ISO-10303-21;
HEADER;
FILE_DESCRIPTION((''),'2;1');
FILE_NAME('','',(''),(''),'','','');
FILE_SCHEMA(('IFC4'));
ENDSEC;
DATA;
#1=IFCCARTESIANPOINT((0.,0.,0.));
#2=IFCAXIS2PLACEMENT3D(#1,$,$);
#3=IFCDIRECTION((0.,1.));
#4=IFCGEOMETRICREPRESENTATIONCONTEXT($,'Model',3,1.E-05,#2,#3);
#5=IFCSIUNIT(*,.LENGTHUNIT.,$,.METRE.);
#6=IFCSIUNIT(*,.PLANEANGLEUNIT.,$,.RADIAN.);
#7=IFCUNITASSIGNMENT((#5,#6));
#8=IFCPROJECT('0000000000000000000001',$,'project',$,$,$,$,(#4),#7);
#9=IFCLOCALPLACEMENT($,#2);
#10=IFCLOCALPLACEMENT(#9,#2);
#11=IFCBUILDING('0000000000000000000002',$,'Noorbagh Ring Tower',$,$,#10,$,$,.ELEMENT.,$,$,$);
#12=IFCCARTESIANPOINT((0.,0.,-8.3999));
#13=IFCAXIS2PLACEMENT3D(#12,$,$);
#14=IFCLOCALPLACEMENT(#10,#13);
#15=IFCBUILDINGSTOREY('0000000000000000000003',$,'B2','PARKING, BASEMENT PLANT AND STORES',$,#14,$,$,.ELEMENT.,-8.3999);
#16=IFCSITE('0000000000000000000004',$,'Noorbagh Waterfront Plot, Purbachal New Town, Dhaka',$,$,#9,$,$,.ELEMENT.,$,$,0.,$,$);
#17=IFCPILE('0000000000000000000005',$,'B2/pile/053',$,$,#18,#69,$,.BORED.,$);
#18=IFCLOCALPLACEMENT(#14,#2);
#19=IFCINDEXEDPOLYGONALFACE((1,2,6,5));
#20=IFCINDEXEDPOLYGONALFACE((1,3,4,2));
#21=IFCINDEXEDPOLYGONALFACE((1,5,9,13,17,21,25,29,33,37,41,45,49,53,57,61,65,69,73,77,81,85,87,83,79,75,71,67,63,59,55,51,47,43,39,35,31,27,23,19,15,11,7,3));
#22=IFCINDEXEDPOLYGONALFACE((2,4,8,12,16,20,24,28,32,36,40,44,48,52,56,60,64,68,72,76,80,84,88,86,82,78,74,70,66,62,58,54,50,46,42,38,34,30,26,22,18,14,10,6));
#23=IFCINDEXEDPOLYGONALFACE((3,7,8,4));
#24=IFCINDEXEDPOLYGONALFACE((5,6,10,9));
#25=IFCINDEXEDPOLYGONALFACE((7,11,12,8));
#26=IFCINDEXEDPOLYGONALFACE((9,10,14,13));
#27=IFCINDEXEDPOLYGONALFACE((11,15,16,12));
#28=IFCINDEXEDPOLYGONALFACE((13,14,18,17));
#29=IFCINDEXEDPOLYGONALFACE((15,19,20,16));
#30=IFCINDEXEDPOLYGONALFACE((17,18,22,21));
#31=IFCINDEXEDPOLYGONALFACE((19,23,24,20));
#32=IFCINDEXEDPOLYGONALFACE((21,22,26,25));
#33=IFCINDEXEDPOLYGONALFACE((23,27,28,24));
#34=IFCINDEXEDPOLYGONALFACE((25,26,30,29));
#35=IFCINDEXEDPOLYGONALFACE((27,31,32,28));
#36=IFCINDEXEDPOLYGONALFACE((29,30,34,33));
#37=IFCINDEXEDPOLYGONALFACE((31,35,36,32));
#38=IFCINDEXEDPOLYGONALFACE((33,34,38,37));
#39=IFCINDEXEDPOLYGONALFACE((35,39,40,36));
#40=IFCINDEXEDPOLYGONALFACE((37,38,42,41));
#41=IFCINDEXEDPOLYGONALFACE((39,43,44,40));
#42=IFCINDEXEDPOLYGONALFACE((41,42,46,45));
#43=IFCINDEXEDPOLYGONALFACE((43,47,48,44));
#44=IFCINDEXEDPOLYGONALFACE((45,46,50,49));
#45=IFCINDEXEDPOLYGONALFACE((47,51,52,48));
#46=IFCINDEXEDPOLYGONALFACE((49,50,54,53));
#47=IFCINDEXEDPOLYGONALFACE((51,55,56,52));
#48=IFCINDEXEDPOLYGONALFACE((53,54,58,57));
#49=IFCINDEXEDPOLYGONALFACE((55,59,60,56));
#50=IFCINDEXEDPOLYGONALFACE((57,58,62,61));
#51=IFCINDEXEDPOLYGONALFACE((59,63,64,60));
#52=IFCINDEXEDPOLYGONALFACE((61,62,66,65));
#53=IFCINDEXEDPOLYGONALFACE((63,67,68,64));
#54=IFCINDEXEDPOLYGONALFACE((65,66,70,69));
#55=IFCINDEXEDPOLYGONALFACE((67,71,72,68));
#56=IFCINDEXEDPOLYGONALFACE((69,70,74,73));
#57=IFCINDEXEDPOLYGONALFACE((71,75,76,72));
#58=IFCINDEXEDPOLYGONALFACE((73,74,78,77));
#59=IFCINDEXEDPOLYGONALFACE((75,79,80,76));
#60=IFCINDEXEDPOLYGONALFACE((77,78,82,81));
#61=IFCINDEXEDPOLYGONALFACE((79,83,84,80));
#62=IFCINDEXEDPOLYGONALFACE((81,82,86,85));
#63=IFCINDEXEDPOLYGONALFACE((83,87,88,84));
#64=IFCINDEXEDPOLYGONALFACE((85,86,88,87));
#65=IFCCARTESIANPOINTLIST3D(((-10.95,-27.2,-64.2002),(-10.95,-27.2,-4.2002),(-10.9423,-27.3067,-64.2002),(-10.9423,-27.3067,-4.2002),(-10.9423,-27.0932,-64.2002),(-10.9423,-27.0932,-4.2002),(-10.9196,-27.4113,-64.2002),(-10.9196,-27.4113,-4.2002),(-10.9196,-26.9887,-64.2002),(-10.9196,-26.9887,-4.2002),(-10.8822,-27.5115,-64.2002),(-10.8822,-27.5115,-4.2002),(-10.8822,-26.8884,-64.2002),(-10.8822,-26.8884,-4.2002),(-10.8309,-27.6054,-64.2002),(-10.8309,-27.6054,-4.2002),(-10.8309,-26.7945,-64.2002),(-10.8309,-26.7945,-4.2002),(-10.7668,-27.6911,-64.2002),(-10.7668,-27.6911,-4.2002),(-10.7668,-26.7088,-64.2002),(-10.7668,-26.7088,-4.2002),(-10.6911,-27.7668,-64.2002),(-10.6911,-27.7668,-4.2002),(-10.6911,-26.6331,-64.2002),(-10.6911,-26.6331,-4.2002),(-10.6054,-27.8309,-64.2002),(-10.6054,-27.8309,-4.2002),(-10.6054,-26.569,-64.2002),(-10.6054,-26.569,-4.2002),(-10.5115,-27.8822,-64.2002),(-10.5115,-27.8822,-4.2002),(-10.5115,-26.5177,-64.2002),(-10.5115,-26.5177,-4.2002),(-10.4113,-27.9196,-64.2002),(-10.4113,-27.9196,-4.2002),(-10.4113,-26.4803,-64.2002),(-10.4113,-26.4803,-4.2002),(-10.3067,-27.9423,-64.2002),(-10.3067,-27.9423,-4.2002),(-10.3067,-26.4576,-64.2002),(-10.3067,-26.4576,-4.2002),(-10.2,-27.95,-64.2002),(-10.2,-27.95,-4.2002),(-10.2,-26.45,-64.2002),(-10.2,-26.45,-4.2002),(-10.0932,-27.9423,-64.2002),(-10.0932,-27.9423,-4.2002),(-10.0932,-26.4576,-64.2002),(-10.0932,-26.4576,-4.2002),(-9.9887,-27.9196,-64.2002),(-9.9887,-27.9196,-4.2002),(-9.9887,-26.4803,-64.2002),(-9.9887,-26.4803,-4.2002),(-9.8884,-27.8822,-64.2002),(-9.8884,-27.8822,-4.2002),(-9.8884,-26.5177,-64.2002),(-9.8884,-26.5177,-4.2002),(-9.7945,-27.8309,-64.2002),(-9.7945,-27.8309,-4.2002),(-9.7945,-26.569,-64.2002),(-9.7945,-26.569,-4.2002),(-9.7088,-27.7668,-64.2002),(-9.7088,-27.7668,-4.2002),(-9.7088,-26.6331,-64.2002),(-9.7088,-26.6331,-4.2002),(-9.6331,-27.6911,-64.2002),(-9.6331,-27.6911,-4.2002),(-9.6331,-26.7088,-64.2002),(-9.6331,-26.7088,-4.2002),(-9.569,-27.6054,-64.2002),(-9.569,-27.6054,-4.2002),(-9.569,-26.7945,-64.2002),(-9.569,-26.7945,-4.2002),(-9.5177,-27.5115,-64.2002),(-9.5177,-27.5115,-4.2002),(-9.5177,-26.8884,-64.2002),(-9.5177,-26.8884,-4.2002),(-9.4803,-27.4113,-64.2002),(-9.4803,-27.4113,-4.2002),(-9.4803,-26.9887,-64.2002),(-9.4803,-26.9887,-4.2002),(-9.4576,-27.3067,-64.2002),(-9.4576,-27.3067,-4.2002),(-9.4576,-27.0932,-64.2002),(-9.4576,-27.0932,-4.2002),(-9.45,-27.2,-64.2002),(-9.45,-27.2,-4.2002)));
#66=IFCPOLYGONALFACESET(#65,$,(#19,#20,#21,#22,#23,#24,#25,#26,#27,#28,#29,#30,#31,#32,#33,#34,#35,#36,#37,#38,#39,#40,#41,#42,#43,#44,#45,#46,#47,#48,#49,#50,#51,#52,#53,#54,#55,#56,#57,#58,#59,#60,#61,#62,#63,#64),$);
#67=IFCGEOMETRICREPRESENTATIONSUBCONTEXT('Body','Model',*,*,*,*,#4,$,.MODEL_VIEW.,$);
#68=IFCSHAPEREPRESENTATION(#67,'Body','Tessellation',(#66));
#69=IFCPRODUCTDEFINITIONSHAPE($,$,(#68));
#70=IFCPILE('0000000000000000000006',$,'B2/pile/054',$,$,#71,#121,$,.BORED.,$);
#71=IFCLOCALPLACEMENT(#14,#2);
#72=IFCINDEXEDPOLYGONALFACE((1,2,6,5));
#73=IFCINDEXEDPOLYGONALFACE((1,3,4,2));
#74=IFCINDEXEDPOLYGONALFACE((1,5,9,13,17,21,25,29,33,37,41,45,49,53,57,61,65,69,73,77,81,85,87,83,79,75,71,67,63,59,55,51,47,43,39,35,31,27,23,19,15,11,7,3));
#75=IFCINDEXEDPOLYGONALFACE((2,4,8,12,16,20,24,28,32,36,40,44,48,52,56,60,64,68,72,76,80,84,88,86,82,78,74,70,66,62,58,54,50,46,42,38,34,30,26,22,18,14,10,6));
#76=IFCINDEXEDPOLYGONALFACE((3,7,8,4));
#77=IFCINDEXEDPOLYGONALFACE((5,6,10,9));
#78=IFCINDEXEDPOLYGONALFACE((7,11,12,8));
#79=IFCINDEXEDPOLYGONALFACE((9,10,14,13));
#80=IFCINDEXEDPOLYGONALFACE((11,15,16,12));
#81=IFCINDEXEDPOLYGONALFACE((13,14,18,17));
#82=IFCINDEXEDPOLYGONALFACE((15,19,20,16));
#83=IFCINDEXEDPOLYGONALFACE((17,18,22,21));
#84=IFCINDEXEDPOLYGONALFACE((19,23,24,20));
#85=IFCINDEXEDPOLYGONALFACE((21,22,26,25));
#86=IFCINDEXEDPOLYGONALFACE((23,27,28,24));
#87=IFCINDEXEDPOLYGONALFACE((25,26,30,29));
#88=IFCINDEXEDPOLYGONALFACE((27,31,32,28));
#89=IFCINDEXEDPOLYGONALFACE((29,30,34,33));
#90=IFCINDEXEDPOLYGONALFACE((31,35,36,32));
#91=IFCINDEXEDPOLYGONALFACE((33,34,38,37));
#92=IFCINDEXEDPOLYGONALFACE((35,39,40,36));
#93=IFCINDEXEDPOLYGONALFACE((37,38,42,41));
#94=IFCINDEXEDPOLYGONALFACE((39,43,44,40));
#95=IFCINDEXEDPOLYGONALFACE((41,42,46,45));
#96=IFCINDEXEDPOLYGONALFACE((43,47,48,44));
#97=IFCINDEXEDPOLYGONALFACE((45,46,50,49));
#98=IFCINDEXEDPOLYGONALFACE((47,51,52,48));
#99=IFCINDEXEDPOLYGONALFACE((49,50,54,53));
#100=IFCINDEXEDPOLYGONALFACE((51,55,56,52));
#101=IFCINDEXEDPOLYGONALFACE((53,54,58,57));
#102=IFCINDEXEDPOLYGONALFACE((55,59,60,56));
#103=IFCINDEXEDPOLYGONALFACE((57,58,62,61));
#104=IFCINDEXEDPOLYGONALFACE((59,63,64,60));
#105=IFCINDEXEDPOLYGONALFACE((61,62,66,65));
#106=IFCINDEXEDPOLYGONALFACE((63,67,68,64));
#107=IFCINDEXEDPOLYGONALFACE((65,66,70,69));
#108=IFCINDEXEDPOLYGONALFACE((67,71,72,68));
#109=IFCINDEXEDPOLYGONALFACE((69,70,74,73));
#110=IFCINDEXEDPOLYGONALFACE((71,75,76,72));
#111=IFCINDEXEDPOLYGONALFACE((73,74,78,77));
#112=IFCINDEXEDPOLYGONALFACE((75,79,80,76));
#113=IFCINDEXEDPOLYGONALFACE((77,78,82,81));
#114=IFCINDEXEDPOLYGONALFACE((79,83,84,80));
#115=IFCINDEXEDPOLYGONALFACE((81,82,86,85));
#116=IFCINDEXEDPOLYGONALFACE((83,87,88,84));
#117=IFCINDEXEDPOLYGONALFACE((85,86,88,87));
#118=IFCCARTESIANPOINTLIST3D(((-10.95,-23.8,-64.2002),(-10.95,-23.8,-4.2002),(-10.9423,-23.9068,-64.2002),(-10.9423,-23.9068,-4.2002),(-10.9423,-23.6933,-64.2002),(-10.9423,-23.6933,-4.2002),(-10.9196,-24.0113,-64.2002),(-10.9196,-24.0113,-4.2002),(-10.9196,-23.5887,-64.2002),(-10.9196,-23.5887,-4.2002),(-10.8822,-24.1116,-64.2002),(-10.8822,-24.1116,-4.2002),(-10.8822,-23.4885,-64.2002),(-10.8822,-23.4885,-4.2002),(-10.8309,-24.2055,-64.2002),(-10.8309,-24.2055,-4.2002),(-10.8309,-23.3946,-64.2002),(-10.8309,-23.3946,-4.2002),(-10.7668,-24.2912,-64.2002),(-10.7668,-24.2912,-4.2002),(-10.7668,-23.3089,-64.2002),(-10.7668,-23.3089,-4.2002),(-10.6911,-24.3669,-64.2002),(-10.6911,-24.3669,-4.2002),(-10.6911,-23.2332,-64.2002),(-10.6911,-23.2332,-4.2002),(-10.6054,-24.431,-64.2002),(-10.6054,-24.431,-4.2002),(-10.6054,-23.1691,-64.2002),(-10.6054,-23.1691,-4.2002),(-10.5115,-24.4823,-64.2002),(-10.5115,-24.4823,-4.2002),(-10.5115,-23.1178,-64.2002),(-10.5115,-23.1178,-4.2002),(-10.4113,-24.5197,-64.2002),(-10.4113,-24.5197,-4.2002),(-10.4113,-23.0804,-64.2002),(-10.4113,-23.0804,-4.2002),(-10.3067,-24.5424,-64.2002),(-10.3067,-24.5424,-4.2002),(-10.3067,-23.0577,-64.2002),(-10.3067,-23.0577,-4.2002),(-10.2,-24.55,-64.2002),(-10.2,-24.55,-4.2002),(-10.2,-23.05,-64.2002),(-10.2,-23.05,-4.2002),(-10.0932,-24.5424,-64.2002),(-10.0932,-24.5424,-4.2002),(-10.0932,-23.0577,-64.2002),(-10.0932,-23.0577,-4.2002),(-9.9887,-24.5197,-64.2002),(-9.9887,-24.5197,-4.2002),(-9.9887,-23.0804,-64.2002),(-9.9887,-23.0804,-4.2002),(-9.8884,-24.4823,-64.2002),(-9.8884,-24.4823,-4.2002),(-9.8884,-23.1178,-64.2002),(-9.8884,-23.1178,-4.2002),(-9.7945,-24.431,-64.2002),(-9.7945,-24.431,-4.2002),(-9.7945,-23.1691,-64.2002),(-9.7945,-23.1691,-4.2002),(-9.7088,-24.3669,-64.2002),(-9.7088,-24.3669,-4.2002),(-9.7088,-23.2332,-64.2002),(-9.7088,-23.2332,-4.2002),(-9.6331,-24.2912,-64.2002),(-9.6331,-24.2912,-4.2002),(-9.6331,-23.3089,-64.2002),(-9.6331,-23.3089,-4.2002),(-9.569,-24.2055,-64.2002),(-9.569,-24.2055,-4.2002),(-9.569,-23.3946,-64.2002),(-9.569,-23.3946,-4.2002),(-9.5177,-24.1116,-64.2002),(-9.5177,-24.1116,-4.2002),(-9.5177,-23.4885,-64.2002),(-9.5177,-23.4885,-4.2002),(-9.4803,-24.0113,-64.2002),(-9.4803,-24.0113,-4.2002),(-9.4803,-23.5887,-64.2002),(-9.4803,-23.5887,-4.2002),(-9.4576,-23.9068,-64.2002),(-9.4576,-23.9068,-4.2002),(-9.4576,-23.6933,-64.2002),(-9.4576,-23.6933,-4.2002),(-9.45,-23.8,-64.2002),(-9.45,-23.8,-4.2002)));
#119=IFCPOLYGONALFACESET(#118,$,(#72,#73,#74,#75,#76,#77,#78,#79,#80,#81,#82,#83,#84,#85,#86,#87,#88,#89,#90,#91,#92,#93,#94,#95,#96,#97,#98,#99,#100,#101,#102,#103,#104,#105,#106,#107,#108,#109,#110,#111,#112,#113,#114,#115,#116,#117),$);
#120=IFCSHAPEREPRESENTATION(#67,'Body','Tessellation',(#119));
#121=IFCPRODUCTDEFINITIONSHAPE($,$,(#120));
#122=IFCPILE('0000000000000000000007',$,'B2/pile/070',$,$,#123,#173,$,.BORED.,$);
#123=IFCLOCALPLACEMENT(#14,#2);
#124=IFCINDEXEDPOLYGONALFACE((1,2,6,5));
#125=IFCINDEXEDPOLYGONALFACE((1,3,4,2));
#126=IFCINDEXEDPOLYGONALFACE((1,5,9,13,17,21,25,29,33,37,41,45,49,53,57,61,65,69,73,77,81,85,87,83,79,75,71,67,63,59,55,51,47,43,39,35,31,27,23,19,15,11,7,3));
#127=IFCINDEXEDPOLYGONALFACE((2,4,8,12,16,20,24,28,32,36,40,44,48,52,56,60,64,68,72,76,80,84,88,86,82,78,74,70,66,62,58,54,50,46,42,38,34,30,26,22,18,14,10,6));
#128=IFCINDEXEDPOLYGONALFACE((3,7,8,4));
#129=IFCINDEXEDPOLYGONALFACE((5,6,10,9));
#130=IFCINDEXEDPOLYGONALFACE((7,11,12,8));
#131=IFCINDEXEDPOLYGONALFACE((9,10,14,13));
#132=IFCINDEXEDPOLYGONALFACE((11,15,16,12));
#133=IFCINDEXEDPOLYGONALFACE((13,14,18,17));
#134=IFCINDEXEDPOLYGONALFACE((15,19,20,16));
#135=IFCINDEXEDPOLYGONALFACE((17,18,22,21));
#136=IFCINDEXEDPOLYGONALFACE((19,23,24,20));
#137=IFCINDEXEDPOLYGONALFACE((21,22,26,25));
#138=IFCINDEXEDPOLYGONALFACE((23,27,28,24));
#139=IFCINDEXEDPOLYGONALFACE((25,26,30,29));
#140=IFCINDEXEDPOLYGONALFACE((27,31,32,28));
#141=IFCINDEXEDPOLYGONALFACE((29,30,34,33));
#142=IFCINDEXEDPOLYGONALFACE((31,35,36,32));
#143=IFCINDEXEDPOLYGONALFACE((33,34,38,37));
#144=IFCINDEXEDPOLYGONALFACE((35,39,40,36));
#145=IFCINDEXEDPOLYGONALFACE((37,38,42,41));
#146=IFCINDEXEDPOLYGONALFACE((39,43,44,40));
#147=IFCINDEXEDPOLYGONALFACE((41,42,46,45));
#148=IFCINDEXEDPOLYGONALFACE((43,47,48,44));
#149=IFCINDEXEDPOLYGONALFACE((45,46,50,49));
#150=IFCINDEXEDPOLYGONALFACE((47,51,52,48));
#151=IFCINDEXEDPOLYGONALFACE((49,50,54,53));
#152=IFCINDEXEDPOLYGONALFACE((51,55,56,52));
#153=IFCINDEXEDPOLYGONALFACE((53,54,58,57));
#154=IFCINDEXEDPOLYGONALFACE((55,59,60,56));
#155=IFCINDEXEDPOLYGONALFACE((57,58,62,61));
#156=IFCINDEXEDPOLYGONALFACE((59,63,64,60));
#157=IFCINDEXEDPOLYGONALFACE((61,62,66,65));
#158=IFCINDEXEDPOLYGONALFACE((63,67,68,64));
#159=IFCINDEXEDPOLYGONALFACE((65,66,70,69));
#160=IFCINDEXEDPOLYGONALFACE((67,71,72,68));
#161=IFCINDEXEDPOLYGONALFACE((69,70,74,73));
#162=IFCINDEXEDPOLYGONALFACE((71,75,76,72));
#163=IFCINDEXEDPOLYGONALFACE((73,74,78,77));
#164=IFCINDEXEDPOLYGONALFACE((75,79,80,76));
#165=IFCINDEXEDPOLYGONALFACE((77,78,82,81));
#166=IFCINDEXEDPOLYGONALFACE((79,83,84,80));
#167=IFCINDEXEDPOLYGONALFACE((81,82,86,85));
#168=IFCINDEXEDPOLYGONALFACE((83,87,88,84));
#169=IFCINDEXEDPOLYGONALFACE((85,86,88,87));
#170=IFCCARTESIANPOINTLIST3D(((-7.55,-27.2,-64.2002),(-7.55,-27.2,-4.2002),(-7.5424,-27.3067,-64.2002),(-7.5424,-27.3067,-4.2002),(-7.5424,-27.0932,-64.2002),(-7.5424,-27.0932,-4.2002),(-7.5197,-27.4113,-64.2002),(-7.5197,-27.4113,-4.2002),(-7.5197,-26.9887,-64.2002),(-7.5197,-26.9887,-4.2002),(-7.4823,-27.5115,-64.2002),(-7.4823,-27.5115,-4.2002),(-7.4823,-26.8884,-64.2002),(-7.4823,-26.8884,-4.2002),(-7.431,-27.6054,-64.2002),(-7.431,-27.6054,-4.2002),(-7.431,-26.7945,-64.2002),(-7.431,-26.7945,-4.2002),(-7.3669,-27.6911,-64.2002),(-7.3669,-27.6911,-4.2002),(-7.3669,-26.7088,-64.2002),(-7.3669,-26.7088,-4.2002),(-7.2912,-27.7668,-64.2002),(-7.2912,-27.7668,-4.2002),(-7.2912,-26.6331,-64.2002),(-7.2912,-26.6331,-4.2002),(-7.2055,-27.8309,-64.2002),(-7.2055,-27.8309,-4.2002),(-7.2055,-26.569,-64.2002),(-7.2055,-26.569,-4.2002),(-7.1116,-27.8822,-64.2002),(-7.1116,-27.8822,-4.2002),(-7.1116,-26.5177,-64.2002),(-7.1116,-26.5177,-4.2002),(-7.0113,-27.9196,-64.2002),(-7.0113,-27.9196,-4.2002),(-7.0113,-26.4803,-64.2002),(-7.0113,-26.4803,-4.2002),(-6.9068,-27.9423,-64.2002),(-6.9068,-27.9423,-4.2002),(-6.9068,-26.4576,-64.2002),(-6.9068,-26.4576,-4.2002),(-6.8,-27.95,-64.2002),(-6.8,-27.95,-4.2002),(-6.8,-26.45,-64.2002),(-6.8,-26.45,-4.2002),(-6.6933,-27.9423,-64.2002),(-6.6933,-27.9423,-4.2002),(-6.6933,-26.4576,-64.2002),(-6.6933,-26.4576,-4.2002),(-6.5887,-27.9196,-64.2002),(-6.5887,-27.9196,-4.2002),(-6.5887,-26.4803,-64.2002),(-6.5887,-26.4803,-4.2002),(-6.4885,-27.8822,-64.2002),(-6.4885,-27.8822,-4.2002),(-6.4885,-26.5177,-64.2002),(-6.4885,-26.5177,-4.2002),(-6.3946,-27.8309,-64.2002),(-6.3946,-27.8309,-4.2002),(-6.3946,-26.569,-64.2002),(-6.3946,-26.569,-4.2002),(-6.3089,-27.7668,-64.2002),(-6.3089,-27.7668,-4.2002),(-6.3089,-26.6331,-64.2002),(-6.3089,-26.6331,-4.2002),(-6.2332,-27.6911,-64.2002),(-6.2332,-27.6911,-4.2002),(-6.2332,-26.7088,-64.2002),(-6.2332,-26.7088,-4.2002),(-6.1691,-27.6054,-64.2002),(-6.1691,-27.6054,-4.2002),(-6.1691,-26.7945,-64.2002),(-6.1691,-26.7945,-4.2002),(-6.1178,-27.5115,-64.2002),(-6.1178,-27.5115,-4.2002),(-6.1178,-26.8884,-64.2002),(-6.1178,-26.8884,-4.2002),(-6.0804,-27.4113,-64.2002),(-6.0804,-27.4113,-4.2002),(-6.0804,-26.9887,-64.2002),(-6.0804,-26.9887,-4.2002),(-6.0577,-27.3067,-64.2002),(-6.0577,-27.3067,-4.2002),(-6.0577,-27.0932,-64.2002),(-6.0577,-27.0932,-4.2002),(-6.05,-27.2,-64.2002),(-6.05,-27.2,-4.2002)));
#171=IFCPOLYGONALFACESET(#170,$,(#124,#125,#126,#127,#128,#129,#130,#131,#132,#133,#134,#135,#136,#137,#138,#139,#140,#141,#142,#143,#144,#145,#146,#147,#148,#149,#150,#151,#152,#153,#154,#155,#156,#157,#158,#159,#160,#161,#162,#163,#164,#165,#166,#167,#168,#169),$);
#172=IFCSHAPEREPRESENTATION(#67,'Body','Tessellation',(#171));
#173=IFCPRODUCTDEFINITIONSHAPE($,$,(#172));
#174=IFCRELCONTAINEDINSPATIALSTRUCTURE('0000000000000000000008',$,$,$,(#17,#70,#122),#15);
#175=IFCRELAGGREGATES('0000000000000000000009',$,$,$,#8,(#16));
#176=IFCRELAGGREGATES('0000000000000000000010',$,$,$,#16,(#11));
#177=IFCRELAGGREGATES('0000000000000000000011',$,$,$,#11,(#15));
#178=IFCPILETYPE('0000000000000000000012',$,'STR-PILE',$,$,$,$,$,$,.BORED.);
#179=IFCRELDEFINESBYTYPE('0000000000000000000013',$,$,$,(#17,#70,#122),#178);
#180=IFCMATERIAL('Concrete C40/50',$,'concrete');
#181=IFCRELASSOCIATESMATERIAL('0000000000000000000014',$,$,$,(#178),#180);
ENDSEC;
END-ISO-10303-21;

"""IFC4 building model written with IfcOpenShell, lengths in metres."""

from ifc_helpers import new_model, si_unit, direction, frame, origin, origin_2d, place, context, subcontext, project, spatial, circle, extrude, material, material_profile, profile_set, type_object, element, save


model = new_model("IFC4")

# Units and contexts
model_context = context("Model", 3, precision=1e-05, world=origin(), true_north=direction((0.0, 1.0)))
body_context = subcontext(model_context, "Body", "Model", "MODEL_VIEW")
ifc_project = project(units=[si_unit("LENGTHUNIT", "METRE"), si_unit("PLANEANGLEUNIT", "RADIAN")], contexts=[model_context])

# Site, building, storey
site_placement = place(None, origin())
site = spatial("IfcSite", under=ifc_project, at=site_placement, Name="Noorbagh Waterfront Plot, Purbachal New Town, Dhaka", CompositionType="ELEMENT", RefElevation=0.0)
building_placement = place(site_placement, origin())
building = spatial("IfcBuilding", under=site, at=building_placement, Name="Noorbagh Ring Tower", CompositionType="ELEMENT")
storey_placement = place(building_placement, frame((0.0, 0.0, -8.3999)))
storey = spatial("IfcBuildingStorey", under=building, at=storey_placement, Name="B2", Description="PARKING, BASEMENT PLANT AND STORES", CompositionType="ELEMENT", Elevation=-8.3999)

# Piles
ifc_material_1 = material(Name="Concrete C40/50", Category="concrete")
ifc_material_profile_1 = material_profile(ifc_material_1, circle(Radius=0.75, at=origin_2d()), Name="PILE1500")
ifc_profile_set_1 = profile_set([ifc_material_profile_1], Name="Concrete C40/50")
pile_type_1 = type_object("IfcPileType", Name="STR-PILE", PredefinedType="BORED", material=ifc_profile_set_1)
for number, where, z_axis, x_axis, name in (
    (1, (-10.2, -27.2, -4.2002), (0.0, 0.0, -1.0), (1.0, 0.0, 0.0), "B2/pile/053"),
    (2, (-10.2, -23.8, -4.2002), (0.0, 0.0, -1.0), (1.0, 0.0, 0.0), "B2/pile/054"),
    (3, (-6.8, -27.2, -4.2002), (0.0, 0.0, -1.0), (1.0, 0.0, 0.0), "B2/pile/070"),
):
    element("IfcPile", number, at=place(storey_placement, frame(where, z_axis=z_axis, x_axis=x_axis)), inside=storey, type_object=pile_type_1, Name=name, PredefinedType="BORED", context=body_context, shape_type="SweptSolid", body=[
        extrude(circle(Radius=0.75, at=origin_2d()), origin(), (0.0, 0.0, 1.0), 60.0),
    ])

save(model, "model.ifc")
